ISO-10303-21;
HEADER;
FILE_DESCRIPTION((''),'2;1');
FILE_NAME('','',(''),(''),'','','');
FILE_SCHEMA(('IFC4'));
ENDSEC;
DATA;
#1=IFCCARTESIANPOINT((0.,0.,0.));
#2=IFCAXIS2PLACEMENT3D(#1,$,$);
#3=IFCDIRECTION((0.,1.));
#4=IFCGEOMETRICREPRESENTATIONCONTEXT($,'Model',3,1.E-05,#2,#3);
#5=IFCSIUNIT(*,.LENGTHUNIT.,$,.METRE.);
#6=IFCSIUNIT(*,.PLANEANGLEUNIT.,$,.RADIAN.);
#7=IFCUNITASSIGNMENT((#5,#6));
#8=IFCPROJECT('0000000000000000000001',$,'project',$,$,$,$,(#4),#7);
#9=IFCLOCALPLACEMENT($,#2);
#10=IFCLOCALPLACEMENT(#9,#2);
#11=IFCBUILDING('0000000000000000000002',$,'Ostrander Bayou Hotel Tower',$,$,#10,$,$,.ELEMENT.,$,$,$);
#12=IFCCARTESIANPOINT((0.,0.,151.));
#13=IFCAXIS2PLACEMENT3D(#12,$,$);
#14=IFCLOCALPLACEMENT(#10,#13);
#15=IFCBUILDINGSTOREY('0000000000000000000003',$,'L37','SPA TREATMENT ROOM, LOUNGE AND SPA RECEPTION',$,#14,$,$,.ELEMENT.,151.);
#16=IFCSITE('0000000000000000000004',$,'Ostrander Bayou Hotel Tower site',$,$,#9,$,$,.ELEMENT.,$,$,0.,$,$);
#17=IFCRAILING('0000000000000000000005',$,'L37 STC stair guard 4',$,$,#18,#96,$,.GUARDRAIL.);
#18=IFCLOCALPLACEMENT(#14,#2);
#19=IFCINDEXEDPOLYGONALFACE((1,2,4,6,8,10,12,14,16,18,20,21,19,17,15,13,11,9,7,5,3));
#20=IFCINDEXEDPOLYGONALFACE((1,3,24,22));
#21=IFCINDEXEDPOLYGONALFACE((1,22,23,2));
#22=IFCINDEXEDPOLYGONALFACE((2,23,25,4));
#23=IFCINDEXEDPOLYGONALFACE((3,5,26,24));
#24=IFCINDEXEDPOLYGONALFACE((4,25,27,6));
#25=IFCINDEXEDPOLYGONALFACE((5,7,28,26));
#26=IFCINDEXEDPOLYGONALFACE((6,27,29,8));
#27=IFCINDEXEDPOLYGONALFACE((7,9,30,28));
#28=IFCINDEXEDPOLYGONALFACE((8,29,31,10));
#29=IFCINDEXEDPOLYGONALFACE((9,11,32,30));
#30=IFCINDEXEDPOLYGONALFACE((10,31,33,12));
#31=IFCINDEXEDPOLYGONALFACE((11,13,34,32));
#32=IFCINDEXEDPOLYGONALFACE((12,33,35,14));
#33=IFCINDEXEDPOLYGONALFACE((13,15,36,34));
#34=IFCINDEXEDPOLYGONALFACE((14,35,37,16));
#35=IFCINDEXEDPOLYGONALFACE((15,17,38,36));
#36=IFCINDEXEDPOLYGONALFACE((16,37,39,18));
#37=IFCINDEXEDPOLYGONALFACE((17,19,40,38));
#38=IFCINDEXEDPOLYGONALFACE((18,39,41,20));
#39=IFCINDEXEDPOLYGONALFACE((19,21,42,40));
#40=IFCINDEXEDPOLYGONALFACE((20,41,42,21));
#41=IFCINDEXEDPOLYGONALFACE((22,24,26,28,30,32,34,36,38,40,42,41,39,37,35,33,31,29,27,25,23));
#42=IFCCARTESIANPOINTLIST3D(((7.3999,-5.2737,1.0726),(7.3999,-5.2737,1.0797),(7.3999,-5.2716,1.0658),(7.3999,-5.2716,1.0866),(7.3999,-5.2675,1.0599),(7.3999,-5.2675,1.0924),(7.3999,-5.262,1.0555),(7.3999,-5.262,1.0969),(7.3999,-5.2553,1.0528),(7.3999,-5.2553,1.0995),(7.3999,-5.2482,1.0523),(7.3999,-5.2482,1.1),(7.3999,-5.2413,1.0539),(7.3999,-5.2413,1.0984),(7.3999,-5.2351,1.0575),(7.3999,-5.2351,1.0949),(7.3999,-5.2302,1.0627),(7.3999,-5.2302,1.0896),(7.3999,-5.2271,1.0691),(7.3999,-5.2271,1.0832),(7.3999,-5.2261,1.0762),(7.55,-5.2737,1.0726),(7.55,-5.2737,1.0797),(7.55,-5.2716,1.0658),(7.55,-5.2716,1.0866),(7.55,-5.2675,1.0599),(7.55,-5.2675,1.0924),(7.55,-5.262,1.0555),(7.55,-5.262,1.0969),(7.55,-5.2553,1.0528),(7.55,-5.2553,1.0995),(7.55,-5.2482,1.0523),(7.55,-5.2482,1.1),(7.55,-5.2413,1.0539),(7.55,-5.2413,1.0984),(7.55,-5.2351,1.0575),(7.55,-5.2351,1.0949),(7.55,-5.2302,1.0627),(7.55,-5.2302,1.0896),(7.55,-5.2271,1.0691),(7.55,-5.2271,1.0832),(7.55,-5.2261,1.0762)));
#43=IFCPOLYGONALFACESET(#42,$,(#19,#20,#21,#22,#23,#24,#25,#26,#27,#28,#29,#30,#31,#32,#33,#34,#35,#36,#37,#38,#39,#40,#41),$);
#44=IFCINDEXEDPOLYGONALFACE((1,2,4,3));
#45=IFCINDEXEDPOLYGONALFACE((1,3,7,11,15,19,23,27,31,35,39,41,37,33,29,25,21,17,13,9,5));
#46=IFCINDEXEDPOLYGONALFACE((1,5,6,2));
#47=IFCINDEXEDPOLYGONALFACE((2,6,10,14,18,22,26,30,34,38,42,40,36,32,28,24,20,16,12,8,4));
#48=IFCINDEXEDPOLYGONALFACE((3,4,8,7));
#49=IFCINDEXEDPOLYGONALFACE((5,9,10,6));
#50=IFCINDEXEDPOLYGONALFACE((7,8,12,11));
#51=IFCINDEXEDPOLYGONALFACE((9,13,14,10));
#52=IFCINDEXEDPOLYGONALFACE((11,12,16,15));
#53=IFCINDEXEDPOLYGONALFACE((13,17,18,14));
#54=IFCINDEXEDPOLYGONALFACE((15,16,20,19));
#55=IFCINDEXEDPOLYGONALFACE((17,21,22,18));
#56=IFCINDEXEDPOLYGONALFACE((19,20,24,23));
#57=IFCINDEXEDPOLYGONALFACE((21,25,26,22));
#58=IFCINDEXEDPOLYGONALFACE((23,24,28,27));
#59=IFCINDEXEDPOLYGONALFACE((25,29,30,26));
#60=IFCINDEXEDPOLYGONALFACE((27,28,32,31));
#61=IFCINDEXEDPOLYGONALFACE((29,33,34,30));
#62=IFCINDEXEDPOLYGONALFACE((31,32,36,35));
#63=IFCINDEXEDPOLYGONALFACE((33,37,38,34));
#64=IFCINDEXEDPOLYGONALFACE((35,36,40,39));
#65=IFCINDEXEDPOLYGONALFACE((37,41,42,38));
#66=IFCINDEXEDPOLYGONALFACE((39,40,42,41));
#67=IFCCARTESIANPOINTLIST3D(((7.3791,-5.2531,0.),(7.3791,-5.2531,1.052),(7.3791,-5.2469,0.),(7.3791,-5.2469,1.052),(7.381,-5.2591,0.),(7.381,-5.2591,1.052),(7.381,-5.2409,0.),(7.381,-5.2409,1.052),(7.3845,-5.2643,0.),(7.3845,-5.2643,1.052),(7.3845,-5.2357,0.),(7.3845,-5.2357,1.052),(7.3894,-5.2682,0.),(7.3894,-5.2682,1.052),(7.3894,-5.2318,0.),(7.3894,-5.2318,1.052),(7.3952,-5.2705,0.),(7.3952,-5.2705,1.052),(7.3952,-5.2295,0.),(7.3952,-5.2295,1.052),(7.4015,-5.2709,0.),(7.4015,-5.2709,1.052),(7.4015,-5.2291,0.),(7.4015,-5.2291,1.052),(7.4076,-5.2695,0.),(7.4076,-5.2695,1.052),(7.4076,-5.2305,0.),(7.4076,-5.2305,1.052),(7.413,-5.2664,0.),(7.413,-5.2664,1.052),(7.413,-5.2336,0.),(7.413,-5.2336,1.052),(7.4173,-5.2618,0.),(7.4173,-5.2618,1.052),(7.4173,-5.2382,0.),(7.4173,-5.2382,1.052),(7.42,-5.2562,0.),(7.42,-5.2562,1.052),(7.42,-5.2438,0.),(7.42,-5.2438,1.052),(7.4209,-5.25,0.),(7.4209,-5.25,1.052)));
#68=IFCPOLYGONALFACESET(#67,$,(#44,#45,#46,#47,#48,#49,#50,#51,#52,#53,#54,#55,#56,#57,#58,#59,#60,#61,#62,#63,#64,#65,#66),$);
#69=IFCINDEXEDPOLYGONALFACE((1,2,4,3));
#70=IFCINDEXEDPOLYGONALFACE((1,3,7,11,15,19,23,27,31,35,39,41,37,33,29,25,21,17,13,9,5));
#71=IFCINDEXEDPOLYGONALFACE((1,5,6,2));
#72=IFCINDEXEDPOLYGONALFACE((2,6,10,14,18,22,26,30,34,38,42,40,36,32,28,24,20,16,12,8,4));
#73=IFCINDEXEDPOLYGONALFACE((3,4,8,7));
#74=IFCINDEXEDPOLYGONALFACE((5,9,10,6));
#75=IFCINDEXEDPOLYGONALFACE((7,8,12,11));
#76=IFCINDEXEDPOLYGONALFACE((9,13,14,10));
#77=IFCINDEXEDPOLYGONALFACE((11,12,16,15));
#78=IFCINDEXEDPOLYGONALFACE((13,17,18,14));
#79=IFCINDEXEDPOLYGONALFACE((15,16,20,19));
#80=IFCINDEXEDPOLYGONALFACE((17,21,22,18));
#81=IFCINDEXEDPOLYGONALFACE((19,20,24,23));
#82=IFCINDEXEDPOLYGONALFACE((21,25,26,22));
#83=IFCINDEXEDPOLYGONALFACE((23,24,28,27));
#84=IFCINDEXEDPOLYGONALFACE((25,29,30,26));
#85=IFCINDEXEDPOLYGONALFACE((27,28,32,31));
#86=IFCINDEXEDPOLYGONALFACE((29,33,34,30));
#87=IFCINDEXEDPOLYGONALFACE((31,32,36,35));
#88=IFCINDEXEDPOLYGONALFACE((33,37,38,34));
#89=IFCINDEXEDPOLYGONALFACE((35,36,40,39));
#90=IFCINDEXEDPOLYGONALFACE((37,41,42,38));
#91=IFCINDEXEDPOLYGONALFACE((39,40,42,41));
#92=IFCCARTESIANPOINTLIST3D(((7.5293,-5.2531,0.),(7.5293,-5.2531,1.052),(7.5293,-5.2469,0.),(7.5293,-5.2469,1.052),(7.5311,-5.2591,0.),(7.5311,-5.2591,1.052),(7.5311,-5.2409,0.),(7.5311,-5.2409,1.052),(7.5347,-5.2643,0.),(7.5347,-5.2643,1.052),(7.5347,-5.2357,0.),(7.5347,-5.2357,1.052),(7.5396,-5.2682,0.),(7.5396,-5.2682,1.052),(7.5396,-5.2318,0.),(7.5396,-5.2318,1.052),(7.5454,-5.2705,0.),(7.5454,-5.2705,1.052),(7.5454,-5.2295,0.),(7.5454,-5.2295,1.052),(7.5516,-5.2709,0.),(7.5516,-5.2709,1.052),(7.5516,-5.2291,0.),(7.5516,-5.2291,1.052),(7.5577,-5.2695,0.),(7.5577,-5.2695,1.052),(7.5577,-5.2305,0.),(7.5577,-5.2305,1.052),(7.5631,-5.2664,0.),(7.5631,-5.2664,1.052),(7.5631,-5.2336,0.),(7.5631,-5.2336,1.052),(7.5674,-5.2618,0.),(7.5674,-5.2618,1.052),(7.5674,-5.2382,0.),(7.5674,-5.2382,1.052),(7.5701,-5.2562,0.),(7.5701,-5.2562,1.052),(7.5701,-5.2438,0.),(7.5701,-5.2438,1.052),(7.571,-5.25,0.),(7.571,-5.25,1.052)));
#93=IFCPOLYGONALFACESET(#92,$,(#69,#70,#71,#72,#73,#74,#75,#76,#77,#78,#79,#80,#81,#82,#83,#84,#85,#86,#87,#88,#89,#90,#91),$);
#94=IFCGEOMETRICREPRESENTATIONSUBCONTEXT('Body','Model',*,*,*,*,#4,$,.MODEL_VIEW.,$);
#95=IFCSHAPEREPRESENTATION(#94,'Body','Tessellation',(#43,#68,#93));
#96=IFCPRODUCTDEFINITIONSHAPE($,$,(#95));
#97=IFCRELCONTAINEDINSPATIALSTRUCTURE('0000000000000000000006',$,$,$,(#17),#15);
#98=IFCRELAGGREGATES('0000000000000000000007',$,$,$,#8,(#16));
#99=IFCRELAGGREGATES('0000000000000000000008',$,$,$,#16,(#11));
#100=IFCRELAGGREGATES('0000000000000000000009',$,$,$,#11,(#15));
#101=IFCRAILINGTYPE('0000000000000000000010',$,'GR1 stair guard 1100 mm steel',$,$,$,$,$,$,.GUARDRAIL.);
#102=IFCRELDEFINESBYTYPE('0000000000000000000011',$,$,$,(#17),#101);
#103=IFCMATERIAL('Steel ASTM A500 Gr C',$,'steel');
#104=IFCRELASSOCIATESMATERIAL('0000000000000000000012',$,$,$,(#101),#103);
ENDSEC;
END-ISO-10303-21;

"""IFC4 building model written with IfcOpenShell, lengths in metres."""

from ifc_helpers import new_model, si_unit, direction, frame, origin, origin_2d, place, context, subcontext, project, spatial, circle, extrude, material, type_object, element, save


model = new_model("IFC4")

# Units and contexts
model_context = context("Model", 3, precision=1e-05, world=origin(), true_north=direction((0.0, 1.0)))
body_context = subcontext(model_context, "Body", "Model", "MODEL_VIEW")
ifc_project = project(units=[si_unit("LENGTHUNIT", "METRE"), si_unit("PLANEANGLEUNIT", "RADIAN")], contexts=[model_context])

# Site, building, storey
site_placement = place(None, origin())
site = spatial("IfcSite", under=ifc_project, at=site_placement, Name="Ostrander Bayou Hotel Tower site", CompositionType="ELEMENT", RefElevation=0.0)
building_placement = place(site_placement, origin())
building = spatial("IfcBuilding", under=site, at=building_placement, Name="Ostrander Bayou Hotel Tower", CompositionType="ELEMENT")
storey_placement = place(building_placement, frame((0.0, 0.0, 151.0)))
storey = spatial("IfcBuildingStorey", under=building, at=storey_placement, Name="L37", Description="SPA TREATMENT ROOM, LOUNGE AND SPA RECEPTION", CompositionType="ELEMENT", Elevation=151.0)

# Railing
ifc_material_1 = material(Name="Steel ASTM A500 Gr C", Category="steel")
railing_type_1 = type_object("IfcRailingType", Name="GR1 stair guard 1100 mm steel", PredefinedType="GUARDRAIL", material=ifc_material_1)
railing_1_placement = place(storey_placement, frame((7.3999, -5.25, 0.0)))
element("IfcRailing", 1, at=railing_1_placement, inside=storey, type_object=railing_type_1, Name="L37 STC stair guard 4", PredefinedType="GUARDRAIL", context=body_context, shape_type="SweptSolid", body=[
    extrude(circle(Radius=0.0239, at=origin_2d()), frame((0.0, 0.0, 1.0762), z_axis=(1.0, 0.0, 0.0), x_axis=(0.0, 1.0, 0.0)), (0.0, 0.0, 1.0), 0.1501),
    extrude(circle(Radius=0.021, at=origin_2d()), origin(), (0.0, 0.0, 1.0), 1.052),
    extrude(circle(Radius=0.021, at=origin_2d()), frame((0.1501, 0.0, 0.0)), (0.0, 0.0, 1.0), 1.052),
])

save(model, "model.ifc")
